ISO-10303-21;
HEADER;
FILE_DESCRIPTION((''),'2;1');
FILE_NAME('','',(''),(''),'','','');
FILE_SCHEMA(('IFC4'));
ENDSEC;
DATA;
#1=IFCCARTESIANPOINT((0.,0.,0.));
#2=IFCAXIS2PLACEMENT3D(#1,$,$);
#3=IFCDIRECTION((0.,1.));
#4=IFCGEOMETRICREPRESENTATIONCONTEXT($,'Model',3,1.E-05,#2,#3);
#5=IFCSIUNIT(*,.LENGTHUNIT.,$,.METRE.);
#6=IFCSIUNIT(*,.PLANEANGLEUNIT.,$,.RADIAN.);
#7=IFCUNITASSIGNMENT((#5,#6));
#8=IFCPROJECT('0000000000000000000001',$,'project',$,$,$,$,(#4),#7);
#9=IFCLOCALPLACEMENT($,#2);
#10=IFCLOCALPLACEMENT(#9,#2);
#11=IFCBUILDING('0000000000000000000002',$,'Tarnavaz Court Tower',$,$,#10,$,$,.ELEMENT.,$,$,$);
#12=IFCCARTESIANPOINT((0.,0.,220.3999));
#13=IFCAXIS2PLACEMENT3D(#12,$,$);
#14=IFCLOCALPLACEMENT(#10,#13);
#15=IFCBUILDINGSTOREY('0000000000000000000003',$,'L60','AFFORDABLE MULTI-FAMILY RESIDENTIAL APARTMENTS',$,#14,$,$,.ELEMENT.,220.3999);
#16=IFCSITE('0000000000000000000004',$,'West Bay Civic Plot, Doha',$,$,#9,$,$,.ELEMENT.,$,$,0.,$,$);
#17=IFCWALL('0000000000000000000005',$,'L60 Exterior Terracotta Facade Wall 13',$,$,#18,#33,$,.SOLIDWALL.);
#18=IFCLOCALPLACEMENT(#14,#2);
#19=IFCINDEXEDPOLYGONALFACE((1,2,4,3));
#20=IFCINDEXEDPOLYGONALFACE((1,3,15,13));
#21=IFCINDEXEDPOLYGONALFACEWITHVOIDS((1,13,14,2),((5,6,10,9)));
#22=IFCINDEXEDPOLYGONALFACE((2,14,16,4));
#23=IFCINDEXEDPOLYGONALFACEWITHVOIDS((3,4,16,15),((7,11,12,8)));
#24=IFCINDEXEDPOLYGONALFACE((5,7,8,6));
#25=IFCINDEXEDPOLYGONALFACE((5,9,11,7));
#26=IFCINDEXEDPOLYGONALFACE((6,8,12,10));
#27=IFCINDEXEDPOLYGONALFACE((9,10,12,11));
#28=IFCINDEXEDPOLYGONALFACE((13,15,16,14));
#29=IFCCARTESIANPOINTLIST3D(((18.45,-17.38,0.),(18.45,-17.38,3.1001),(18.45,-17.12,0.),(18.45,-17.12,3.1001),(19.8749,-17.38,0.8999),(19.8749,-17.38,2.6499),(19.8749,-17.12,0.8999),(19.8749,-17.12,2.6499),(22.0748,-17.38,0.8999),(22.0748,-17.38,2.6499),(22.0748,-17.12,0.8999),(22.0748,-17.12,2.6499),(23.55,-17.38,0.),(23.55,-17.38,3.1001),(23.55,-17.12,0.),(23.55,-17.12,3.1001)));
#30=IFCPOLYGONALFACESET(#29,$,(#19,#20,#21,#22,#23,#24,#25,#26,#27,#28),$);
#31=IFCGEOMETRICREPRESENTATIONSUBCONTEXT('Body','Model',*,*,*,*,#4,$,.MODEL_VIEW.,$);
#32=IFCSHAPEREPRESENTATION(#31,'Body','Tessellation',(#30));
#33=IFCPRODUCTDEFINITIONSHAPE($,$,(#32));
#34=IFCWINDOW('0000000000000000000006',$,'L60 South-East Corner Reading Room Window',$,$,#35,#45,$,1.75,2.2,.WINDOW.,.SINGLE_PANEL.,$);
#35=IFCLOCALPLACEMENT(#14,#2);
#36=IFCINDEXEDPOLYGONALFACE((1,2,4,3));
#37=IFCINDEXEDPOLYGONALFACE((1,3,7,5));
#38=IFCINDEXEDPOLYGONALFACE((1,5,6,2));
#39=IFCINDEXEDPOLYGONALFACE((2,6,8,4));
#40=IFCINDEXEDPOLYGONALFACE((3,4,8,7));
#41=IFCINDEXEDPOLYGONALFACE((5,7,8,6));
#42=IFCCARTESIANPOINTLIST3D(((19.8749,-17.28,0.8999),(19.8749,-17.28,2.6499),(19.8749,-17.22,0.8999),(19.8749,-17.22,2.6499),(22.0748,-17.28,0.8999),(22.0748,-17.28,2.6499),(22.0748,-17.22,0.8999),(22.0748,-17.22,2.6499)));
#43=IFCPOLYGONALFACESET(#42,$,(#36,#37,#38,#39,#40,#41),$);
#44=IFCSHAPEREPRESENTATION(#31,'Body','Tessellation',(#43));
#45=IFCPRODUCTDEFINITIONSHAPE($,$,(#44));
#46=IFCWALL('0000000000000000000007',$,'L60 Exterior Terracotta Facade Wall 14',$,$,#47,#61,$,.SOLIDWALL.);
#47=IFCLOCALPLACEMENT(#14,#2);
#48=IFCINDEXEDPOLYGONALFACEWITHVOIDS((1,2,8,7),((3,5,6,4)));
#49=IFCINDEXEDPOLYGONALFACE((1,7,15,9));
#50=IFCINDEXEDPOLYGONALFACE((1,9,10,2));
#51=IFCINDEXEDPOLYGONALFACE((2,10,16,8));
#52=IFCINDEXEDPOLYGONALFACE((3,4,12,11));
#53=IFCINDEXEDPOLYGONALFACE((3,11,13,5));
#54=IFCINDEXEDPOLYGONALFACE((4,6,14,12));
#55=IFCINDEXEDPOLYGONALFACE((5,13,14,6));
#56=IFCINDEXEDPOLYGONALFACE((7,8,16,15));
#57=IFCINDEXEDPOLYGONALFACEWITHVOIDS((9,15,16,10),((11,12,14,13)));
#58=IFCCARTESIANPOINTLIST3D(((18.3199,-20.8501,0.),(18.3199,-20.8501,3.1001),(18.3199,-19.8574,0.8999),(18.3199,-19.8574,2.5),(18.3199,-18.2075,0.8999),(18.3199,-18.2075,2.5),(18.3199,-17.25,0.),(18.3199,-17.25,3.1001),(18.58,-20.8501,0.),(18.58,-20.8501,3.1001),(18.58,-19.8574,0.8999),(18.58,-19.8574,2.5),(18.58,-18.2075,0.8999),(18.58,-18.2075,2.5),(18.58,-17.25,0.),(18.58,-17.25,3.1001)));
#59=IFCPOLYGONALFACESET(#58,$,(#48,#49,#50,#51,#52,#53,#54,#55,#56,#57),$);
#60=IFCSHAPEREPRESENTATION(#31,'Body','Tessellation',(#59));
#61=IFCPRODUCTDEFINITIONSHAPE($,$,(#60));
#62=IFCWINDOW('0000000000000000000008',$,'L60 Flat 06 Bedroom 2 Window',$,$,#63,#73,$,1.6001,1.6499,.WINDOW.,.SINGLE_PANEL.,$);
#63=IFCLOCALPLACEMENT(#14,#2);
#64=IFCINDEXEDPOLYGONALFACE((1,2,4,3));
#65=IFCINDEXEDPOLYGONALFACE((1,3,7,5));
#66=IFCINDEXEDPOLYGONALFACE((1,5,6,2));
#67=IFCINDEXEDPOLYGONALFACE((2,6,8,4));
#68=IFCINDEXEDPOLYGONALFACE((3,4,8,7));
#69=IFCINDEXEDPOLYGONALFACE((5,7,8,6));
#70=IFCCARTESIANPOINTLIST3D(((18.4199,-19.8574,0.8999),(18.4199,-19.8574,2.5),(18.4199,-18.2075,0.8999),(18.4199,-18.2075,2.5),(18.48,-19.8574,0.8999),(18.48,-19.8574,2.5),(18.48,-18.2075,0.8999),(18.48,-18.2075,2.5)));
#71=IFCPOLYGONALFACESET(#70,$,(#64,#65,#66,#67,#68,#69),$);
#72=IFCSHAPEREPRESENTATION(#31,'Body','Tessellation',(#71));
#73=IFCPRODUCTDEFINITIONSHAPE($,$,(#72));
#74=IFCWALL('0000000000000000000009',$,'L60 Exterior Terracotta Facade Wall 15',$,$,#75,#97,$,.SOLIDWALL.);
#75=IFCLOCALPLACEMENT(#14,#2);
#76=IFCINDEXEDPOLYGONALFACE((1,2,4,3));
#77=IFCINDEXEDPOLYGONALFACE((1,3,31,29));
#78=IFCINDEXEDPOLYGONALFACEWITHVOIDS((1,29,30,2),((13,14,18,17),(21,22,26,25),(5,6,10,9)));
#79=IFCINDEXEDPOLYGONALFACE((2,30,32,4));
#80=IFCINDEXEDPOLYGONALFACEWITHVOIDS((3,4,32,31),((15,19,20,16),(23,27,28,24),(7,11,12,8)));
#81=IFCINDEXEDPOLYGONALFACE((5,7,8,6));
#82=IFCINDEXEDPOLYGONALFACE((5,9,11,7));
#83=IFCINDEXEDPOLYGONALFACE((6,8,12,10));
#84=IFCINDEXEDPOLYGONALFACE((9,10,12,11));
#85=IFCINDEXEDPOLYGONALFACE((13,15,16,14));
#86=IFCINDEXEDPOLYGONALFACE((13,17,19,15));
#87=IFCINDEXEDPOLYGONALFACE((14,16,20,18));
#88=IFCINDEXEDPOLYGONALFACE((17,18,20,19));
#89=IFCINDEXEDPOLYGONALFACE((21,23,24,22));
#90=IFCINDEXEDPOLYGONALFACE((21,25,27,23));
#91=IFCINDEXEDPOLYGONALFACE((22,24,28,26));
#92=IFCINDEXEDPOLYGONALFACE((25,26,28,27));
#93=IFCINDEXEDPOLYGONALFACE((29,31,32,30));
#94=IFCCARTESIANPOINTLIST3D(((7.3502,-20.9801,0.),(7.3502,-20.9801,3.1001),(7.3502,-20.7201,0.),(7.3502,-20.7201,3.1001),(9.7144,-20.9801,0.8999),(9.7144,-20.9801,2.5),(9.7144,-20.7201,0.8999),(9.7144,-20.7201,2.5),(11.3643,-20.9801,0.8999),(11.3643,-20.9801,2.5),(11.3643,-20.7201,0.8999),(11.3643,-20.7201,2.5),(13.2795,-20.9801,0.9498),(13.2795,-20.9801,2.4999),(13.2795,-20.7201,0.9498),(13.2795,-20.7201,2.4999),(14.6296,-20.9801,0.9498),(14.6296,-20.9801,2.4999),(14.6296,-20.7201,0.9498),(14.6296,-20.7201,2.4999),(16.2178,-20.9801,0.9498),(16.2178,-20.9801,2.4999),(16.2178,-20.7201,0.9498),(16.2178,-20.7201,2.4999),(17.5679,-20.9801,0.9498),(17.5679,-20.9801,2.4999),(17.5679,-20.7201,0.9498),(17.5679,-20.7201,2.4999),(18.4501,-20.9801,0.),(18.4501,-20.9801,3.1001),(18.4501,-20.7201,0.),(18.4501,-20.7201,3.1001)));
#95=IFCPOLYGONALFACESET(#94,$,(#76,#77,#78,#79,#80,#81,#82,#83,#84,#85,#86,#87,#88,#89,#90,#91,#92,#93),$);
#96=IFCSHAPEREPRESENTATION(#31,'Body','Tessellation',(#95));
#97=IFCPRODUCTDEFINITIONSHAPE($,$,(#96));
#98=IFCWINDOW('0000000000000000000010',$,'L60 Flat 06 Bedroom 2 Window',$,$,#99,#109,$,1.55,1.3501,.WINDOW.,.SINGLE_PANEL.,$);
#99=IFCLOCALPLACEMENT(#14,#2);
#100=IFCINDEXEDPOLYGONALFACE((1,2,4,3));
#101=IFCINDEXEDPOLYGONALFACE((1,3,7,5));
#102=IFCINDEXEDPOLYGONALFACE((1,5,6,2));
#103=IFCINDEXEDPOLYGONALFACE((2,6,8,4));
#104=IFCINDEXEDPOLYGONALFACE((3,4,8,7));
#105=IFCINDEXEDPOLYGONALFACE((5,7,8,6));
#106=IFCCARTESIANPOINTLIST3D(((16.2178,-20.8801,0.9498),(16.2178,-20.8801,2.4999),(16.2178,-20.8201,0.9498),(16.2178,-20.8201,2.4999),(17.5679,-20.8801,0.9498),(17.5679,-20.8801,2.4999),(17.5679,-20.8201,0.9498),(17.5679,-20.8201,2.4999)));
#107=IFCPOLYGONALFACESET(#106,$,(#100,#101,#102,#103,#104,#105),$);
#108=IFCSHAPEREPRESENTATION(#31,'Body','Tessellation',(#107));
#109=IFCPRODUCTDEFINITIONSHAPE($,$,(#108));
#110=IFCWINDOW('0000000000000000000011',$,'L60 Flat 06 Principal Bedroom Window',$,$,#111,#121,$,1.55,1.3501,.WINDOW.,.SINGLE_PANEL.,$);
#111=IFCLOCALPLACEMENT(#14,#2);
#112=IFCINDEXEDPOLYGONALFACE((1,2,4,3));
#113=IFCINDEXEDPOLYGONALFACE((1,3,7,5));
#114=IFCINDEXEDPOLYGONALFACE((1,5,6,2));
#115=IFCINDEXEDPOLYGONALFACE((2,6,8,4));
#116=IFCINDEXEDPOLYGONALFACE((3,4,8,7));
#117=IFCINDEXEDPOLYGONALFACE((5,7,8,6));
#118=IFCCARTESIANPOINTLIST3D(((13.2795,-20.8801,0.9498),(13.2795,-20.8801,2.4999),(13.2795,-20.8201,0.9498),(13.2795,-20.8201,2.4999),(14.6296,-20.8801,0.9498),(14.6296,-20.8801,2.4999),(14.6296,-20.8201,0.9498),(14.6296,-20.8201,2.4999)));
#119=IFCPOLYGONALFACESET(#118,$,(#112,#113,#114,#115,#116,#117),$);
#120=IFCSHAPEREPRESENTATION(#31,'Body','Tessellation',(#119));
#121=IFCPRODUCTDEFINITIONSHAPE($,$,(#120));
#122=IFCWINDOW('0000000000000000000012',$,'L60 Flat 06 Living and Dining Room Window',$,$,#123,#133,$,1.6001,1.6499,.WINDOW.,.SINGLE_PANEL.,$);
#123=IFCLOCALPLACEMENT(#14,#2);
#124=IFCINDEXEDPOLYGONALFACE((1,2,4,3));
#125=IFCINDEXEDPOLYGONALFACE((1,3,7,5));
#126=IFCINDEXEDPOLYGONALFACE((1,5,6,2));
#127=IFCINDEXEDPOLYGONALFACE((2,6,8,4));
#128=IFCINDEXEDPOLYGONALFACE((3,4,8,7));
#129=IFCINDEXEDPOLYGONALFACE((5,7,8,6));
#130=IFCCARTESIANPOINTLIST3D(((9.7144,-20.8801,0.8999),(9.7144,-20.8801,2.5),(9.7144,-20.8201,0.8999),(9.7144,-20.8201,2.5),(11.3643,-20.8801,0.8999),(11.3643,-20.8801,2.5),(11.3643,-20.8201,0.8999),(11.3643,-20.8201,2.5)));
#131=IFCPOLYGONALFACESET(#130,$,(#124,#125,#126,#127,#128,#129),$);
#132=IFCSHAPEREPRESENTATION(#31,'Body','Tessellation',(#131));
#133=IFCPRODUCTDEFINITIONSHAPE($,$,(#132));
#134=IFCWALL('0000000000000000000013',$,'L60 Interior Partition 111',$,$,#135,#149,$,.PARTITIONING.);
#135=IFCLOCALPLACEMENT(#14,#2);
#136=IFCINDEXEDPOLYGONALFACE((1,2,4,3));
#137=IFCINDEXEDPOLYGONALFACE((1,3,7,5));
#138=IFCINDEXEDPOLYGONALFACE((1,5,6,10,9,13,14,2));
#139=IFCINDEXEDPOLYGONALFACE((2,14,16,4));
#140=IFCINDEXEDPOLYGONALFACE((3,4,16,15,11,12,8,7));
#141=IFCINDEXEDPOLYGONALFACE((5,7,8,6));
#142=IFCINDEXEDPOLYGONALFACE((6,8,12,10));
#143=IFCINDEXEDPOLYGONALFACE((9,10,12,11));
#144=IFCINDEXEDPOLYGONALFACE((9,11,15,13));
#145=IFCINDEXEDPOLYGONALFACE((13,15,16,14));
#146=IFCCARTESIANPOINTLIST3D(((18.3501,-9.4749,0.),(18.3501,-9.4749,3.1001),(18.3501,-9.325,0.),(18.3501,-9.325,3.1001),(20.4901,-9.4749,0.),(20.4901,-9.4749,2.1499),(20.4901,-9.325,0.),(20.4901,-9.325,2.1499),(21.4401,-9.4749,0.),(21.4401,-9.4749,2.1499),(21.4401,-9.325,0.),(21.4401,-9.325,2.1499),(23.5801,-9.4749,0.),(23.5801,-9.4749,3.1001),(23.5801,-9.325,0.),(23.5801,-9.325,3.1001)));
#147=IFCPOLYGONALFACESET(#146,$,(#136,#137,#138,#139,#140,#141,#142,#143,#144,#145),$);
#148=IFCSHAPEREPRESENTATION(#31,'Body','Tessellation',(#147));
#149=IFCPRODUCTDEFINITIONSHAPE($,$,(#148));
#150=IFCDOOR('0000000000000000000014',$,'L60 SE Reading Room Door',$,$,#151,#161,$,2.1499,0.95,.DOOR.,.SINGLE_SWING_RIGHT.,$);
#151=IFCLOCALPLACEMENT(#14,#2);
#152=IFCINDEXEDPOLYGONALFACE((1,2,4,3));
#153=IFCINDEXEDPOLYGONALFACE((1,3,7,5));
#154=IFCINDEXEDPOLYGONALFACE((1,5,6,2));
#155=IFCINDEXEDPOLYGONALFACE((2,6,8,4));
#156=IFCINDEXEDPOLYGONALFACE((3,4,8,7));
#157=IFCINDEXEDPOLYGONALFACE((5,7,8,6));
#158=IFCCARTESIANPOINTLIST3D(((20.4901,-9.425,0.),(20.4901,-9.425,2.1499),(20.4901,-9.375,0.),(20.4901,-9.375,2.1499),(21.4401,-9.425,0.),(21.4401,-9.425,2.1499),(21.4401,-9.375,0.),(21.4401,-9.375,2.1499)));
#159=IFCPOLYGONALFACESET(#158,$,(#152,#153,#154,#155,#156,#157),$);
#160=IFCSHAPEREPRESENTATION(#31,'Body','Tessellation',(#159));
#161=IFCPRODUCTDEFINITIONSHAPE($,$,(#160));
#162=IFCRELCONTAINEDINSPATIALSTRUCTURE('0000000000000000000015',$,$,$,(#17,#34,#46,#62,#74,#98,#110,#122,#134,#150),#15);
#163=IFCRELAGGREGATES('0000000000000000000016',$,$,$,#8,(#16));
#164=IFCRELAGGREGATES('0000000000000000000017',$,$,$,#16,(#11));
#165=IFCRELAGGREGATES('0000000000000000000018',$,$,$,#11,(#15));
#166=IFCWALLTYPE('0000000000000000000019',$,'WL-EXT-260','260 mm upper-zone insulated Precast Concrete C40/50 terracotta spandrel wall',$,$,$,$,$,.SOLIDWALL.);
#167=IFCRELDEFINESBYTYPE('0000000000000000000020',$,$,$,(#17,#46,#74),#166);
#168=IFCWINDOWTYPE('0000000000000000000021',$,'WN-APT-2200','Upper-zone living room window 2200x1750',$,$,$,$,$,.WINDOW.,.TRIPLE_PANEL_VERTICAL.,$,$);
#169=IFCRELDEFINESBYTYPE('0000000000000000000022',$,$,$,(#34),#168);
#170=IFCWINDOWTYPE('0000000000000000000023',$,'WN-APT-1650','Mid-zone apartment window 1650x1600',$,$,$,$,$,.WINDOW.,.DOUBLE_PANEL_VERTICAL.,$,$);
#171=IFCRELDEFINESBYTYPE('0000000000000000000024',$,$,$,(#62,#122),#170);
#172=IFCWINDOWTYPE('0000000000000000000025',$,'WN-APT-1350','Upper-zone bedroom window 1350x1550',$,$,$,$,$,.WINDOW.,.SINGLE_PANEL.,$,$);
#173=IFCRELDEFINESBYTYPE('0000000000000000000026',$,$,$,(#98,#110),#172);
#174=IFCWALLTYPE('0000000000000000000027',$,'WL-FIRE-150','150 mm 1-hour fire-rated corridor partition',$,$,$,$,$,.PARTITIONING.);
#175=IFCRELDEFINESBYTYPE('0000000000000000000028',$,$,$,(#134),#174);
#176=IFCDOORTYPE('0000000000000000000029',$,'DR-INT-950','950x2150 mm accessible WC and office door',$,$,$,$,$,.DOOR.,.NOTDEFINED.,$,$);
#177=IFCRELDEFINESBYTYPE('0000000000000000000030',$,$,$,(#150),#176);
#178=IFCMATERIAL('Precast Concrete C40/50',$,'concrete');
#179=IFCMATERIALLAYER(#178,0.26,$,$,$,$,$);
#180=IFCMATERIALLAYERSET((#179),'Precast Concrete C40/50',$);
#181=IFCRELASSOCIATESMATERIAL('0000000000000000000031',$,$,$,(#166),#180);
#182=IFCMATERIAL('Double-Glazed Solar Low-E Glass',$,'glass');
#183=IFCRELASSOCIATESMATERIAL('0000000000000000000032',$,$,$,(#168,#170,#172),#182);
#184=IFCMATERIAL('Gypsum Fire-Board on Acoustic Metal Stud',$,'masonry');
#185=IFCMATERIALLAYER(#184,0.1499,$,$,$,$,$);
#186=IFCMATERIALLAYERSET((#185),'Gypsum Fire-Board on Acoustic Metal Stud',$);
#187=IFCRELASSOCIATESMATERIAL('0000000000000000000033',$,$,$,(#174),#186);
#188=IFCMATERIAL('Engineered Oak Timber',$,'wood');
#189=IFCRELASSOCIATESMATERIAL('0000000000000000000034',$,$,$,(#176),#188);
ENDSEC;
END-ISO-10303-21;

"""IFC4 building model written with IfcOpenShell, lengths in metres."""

from ifc_helpers import new_model, si_unit, direction, frame, frame_2d, origin, place, context, subcontext, project, spatial, rectangle, extrude, material, layer, layer_set, type_object, element, fill, save


model = new_model("IFC4")

# Units and contexts
model_context = context("Model", 3, precision=1e-05, world=origin(), true_north=direction((0.0, 1.0)))
body_context = subcontext(model_context, "Body", "Model", "MODEL_VIEW")
ifc_project = project(units=[si_unit("LENGTHUNIT", "METRE"), si_unit("PLANEANGLEUNIT", "RADIAN")], contexts=[model_context])

# Site, building, storey
site_placement = place(None, origin())
site = spatial("IfcSite", under=ifc_project, at=site_placement, Name="West Bay Civic Plot, Doha", CompositionType="ELEMENT", RefElevation=0.0)
building_placement = place(site_placement, origin())
building = spatial("IfcBuilding", under=site, at=building_placement, Name="Tarnavaz Court Tower", CompositionType="ELEMENT")
storey_placement = place(building_placement, frame((0.0, 0.0, 220.3999)))
storey = spatial("IfcBuildingStorey", under=building, at=storey_placement, Name="L60", Description="AFFORDABLE MULTI-FAMILY RESIDENTIAL APARTMENTS", CompositionType="ELEMENT", Elevation=220.3999)

# Walls, openings, windows
ifc_material_1 = material(Name="Precast Concrete C40/50", Category="concrete")
ifc_layer_1 = layer(ifc_material_1, 0.26)
ifc_layer_set_1 = layer_set([ifc_layer_1], Name="Precast Concrete C40/50")
wall_type_1 = type_object("IfcWallType", Name="WL-EXT-260", Description="260 mm upper-zone insulated Precast Concrete C40/50 terracotta spandrel wall", PredefinedType="SOLIDWALL", material=ifc_layer_set_1)
wall_1_placement = place(storey_placement, frame((23.55, -17.25, 0.0), z_axis=(0.0, 0.0, 1.0), x_axis=(-1.0, 0.0, 0.0)))
wall_1 = element("IfcWall", 1, at=wall_1_placement, inside=storey, type_object=wall_type_1, Name="L60 Exterior Terracotta Facade Wall 13", PredefinedType="SOLIDWALL", context=body_context, shape_type="SweptSolid", body=[
    extrude(rectangle(XDim=5.1001, YDim=0.26, at=frame_2d((2.55, 0.0))), origin(), (0.0, 0.0, 1.0), 3.1001),
])
opening_1_placement = place(wall_1_placement, frame((1.4751, 0.0, 0.8999)))
opening_1 = element("IfcOpeningElement", 2, at=opening_1_placement, cuts=wall_1, PredefinedType="OPENING", context=body_context, shape_type="SweptSolid", body=[
    extrude(rectangle(XDim=2.2, YDim=1.75, at=frame_2d((1.1001, 0.875))), frame((0.0, 0.1399, 0.0), z_axis=(0.0, -1.0, 0.0), x_axis=(1.0, 0.0, 0.0)), (0.0, 0.0, 1.0), 0.28),
])
ifc_material_2 = material(Name="Double-Glazed Solar Low-E Glass", Category="glass")
window_type_1 = type_object("IfcWindowType", Name="WN-APT-2200", Description="Upper-zone living room window 2200x1750", PartitioningType="TRIPLE_PANEL_VERTICAL", PredefinedType="WINDOW", material=ifc_material_2)
window_1_placement = place(opening_1_placement, origin())
window_1 = element("IfcWindow", 3, at=window_1_placement, inside=storey, type_object=window_type_1, Name="L60 South-East Corner Reading Room Window", OverallHeight=1.75, OverallWidth=2.2, PartitioningType="SINGLE_PANEL", PredefinedType="WINDOW", context=body_context, shape_type="SweptSolid", body=[
    extrude(rectangle(XDim=2.2, YDim=1.75, at=frame_2d((1.1001, 0.875))), frame((0.0, 0.03, 0.0), z_axis=(0.0, -1.0, 0.0), x_axis=(1.0, 0.0, 0.0)), (0.0, 0.0, 1.0), 0.0601),
])
fill(opening_1, window_1)
wall_2_placement = place(storey_placement, frame((18.45, -17.25, 0.0), z_axis=(0.0, 0.0, 1.0), x_axis=(0.0, -1.0, 0.0)))
wall_2 = element("IfcWall", 4, at=wall_2_placement, inside=storey, type_object=wall_type_1, Name="L60 Exterior Terracotta Facade Wall 14", PredefinedType="SOLIDWALL", context=body_context, shape_type="SweptSolid", body=[
    extrude(rectangle(XDim=3.6001, YDim=0.26, at=frame_2d((1.8, 0.0))), origin(), (0.0, 0.0, 1.0), 3.1001),
])
opening_2_placement = place(wall_2_placement, frame((0.9575, 0.0, 0.8999)))
opening_2 = element("IfcOpeningElement", 5, at=opening_2_placement, cuts=wall_2, PredefinedType="OPENING", context=body_context, shape_type="SweptSolid", body=[
    extrude(rectangle(XDim=1.6499, YDim=1.6001, at=frame_2d((0.825, 0.8))), frame((0.0, 0.1399, 0.0), z_axis=(0.0, -1.0, 0.0), x_axis=(1.0, 0.0, 0.0)), (0.0, 0.0, 1.0), 0.28),
])
window_type_2 = type_object("IfcWindowType", Name="WN-APT-1650", Description="Mid-zone apartment window 1650x1600", PartitioningType="DOUBLE_PANEL_VERTICAL", PredefinedType="WINDOW", material=ifc_material_2)
window_2_placement = place(opening_2_placement, origin())
window_2 = element("IfcWindow", 6, at=window_2_placement, inside=storey, type_object=window_type_2, Name="L60 Flat 06 Bedroom 2 Window", OverallHeight=1.6001, OverallWidth=1.6499, PartitioningType="SINGLE_PANEL", PredefinedType="WINDOW", context=body_context, shape_type="SweptSolid", body=[
    extrude(rectangle(XDim=1.6499, YDim=1.6001, at=frame_2d((0.825, 0.8))), frame((0.0, 0.03, 0.0), z_axis=(0.0, -1.0, 0.0), x_axis=(1.0, 0.0, 0.0)), (0.0, 0.0, 1.0), 0.0601),
])
fill(opening_2, window_2)

# Wall, openings, windows
wall_3_placement = place(storey_placement, frame((18.45, -20.8501, 0.0), z_axis=(0.0, 0.0, 1.0), x_axis=(-1.0, 0.0, 0.0)))
wall_3 = element("IfcWall", 7, at=wall_3_placement, inside=storey, type_object=wall_type_1, Name="L60 Exterior Terracotta Facade Wall 15", PredefinedType="SOLIDWALL", context=body_context, shape_type="SweptSolid", body=[
    extrude(rectangle(XDim=11.0999, YDim=0.26, at=frame_2d((5.5498, 0.0))), origin(), (0.0, 0.0, 1.0), 3.1001),
])
opening_3_placement = place(wall_3_placement, frame((0.8821, 0.0, 0.95)))
opening_3 = element("IfcOpeningElement", 8, at=opening_3_placement, cuts=wall_3, PredefinedType="OPENING", context=body_context, shape_type="SweptSolid", body=[
    extrude(rectangle(XDim=1.3501, YDim=1.55, at=frame_2d((0.675, 0.7749))), frame((0.0, 0.1399, 0.0), z_axis=(0.0, -1.0, 0.0), x_axis=(1.0, 0.0, 0.0)), (0.0, 0.0, 1.0), 0.28),
])
opening_4_placement = place(wall_3_placement, frame((3.8203, 0.0, 0.95)))
opening_4 = element("IfcOpeningElement", 9, at=opening_4_placement, cuts=wall_3, PredefinedType="OPENING", context=body_context, shape_type="SweptSolid", body=[
    extrude(rectangle(XDim=1.3501, YDim=1.55, at=frame_2d((0.675, 0.7749))), frame((0.0, 0.1399, 0.0), z_axis=(0.0, -1.0, 0.0), x_axis=(1.0, 0.0, 0.0)), (0.0, 0.0, 1.0), 0.28),
])
opening_5_placement = place(wall_3_placement, frame((7.0857, 0.0, 0.8999)))
opening_5 = element("IfcOpeningElement", 10, at=opening_5_placement, cuts=wall_3, PredefinedType="OPENING", context=body_context, shape_type="SweptSolid", body=[
    extrude(rectangle(XDim=1.6499, YDim=1.6001, at=frame_2d((0.825, 0.8))), frame((0.0, 0.1399, 0.0), z_axis=(0.0, -1.0, 0.0), x_axis=(1.0, 0.0, 0.0)), (0.0, 0.0, 1.0), 0.28),
])
window_type_3 = type_object("IfcWindowType", Name="WN-APT-1350", Description="Upper-zone bedroom window 1350x1550", PartitioningType="SINGLE_PANEL", PredefinedType="WINDOW", material=ifc_material_2)
window_3_placement = place(opening_3_placement, origin())
window_3 = element("IfcWindow", 11, at=window_3_placement, inside=storey, type_object=window_type_3, Name="L60 Flat 06 Bedroom 2 Window", OverallHeight=1.55, OverallWidth=1.3501, PartitioningType="SINGLE_PANEL", PredefinedType="WINDOW", context=body_context, shape_type="SweptSolid", body=[
    extrude(rectangle(XDim=1.3501, YDim=1.55, at=frame_2d((0.675, 0.7749))), frame((0.0, 0.03, 0.0), z_axis=(0.0, -1.0, 0.0), x_axis=(1.0, 0.0, 0.0)), (0.0, 0.0, 1.0), 0.0601),
])
fill(opening_3, window_3)
window_4_placement = place(opening_4_placement, origin())
window_4 = element("IfcWindow", 12, at=window_4_placement, inside=storey, type_object=window_type_3, Name="L60 Flat 06 Principal Bedroom Window", OverallHeight=1.55, OverallWidth=1.3501, PartitioningType="SINGLE_PANEL", PredefinedType="WINDOW", context=body_context, shape_type="SweptSolid", body=[
    extrude(rectangle(XDim=1.3501, YDim=1.55, at=frame_2d((0.675, 0.7749))), frame((0.0, 0.03, 0.0), z_axis=(0.0, -1.0, 0.0), x_axis=(1.0, 0.0, 0.0)), (0.0, 0.0, 1.0), 0.0601),
])
fill(opening_4, window_4)
window_5_placement = place(opening_5_placement, origin())
window_5 = element("IfcWindow", 13, at=window_5_placement, inside=storey, type_object=window_type_2, Name="L60 Flat 06 Living and Dining Room Window", OverallHeight=1.6001, OverallWidth=1.6499, PartitioningType="SINGLE_PANEL", PredefinedType="WINDOW", context=body_context, shape_type="SweptSolid", body=[
    extrude(rectangle(XDim=1.6499, YDim=1.6001, at=frame_2d((0.825, 0.8))), frame((0.0, 0.03, 0.0), z_axis=(0.0, -1.0, 0.0), x_axis=(1.0, 0.0, 0.0)), (0.0, 0.0, 1.0), 0.0601),
])
fill(opening_5, window_5)

# Wall, opening, door
ifc_material_3 = material(Name="Gypsum Fire-Board on Acoustic Metal Stud", Category="masonry")
ifc_layer_2 = layer(ifc_material_3, 0.1499)
ifc_layer_set_2 = layer_set([ifc_layer_2], Name="Gypsum Fire-Board on Acoustic Metal Stud")
wall_type_2 = type_object("IfcWallType", Name="WL-FIRE-150", Description="150 mm 1-hour fire-rated corridor partition", PredefinedType="PARTITIONING", material=ifc_layer_set_2)
wall_4_placement = place(storey_placement, frame((18.3501, -9.3999, 0.0), z_axis=(0.0, 0.0, 1.0), x_axis=(1.0, 0.0, 0.0)))
wall_4 = element("IfcWall", 14, at=wall_4_placement, inside=storey, type_object=wall_type_2, Name="L60 Interior Partition 111", PredefinedType="PARTITIONING", context=body_context, shape_type="SweptSolid", body=[
    extrude(rectangle(XDim=5.23, YDim=0.1499, at=frame_2d((2.615, 0.0))), origin(), (0.0, 0.0, 1.0), 3.1001),
])
opening_6_placement = place(wall_4_placement, frame((2.1399, 0.0, 0.0)))
opening_6 = element("IfcOpeningElement", 15, at=opening_6_placement, cuts=wall_4, PredefinedType="OPENING", context=body_context, shape_type="SweptSolid", body=[
    extrude(rectangle(XDim=0.95, YDim=2.1499, at=frame_2d((0.4751, 1.075))), frame((0.0, 0.085, 0.0), z_axis=(0.0, -1.0, 0.0), x_axis=(1.0, 0.0, 0.0)), (0.0, 0.0, 1.0), 0.1699),
])
ifc_material_4 = material(Name="Engineered Oak Timber", Category="wood")
door_type_1 = type_object("IfcDoorType", Name="DR-INT-950", Description="950x2150 mm accessible WC and office door", OperationType="NOTDEFINED", PredefinedType="DOOR", material=ifc_material_4)
door_1_placement = place(opening_6_placement, origin())
door_1 = element("IfcDoor", 16, at=door_1_placement, inside=storey, type_object=door_type_1, Name="L60 SE Reading Room Door", OperationType="SINGLE_SWING_RIGHT", OverallHeight=2.1499, OverallWidth=0.95, PredefinedType="DOOR", context=body_context, shape_type="SweptSolid", body=[
    extrude(rectangle(XDim=0.95, YDim=2.1499, at=frame_2d((0.4751, 1.075))), frame((0.0, 0.0249, 0.0), z_axis=(0.0, -1.0, 0.0), x_axis=(1.0, 0.0, 0.0)), (0.0, 0.0, 1.0), 0.05),
])
fill(opening_6, door_1)

save(model, "model.ifc")
